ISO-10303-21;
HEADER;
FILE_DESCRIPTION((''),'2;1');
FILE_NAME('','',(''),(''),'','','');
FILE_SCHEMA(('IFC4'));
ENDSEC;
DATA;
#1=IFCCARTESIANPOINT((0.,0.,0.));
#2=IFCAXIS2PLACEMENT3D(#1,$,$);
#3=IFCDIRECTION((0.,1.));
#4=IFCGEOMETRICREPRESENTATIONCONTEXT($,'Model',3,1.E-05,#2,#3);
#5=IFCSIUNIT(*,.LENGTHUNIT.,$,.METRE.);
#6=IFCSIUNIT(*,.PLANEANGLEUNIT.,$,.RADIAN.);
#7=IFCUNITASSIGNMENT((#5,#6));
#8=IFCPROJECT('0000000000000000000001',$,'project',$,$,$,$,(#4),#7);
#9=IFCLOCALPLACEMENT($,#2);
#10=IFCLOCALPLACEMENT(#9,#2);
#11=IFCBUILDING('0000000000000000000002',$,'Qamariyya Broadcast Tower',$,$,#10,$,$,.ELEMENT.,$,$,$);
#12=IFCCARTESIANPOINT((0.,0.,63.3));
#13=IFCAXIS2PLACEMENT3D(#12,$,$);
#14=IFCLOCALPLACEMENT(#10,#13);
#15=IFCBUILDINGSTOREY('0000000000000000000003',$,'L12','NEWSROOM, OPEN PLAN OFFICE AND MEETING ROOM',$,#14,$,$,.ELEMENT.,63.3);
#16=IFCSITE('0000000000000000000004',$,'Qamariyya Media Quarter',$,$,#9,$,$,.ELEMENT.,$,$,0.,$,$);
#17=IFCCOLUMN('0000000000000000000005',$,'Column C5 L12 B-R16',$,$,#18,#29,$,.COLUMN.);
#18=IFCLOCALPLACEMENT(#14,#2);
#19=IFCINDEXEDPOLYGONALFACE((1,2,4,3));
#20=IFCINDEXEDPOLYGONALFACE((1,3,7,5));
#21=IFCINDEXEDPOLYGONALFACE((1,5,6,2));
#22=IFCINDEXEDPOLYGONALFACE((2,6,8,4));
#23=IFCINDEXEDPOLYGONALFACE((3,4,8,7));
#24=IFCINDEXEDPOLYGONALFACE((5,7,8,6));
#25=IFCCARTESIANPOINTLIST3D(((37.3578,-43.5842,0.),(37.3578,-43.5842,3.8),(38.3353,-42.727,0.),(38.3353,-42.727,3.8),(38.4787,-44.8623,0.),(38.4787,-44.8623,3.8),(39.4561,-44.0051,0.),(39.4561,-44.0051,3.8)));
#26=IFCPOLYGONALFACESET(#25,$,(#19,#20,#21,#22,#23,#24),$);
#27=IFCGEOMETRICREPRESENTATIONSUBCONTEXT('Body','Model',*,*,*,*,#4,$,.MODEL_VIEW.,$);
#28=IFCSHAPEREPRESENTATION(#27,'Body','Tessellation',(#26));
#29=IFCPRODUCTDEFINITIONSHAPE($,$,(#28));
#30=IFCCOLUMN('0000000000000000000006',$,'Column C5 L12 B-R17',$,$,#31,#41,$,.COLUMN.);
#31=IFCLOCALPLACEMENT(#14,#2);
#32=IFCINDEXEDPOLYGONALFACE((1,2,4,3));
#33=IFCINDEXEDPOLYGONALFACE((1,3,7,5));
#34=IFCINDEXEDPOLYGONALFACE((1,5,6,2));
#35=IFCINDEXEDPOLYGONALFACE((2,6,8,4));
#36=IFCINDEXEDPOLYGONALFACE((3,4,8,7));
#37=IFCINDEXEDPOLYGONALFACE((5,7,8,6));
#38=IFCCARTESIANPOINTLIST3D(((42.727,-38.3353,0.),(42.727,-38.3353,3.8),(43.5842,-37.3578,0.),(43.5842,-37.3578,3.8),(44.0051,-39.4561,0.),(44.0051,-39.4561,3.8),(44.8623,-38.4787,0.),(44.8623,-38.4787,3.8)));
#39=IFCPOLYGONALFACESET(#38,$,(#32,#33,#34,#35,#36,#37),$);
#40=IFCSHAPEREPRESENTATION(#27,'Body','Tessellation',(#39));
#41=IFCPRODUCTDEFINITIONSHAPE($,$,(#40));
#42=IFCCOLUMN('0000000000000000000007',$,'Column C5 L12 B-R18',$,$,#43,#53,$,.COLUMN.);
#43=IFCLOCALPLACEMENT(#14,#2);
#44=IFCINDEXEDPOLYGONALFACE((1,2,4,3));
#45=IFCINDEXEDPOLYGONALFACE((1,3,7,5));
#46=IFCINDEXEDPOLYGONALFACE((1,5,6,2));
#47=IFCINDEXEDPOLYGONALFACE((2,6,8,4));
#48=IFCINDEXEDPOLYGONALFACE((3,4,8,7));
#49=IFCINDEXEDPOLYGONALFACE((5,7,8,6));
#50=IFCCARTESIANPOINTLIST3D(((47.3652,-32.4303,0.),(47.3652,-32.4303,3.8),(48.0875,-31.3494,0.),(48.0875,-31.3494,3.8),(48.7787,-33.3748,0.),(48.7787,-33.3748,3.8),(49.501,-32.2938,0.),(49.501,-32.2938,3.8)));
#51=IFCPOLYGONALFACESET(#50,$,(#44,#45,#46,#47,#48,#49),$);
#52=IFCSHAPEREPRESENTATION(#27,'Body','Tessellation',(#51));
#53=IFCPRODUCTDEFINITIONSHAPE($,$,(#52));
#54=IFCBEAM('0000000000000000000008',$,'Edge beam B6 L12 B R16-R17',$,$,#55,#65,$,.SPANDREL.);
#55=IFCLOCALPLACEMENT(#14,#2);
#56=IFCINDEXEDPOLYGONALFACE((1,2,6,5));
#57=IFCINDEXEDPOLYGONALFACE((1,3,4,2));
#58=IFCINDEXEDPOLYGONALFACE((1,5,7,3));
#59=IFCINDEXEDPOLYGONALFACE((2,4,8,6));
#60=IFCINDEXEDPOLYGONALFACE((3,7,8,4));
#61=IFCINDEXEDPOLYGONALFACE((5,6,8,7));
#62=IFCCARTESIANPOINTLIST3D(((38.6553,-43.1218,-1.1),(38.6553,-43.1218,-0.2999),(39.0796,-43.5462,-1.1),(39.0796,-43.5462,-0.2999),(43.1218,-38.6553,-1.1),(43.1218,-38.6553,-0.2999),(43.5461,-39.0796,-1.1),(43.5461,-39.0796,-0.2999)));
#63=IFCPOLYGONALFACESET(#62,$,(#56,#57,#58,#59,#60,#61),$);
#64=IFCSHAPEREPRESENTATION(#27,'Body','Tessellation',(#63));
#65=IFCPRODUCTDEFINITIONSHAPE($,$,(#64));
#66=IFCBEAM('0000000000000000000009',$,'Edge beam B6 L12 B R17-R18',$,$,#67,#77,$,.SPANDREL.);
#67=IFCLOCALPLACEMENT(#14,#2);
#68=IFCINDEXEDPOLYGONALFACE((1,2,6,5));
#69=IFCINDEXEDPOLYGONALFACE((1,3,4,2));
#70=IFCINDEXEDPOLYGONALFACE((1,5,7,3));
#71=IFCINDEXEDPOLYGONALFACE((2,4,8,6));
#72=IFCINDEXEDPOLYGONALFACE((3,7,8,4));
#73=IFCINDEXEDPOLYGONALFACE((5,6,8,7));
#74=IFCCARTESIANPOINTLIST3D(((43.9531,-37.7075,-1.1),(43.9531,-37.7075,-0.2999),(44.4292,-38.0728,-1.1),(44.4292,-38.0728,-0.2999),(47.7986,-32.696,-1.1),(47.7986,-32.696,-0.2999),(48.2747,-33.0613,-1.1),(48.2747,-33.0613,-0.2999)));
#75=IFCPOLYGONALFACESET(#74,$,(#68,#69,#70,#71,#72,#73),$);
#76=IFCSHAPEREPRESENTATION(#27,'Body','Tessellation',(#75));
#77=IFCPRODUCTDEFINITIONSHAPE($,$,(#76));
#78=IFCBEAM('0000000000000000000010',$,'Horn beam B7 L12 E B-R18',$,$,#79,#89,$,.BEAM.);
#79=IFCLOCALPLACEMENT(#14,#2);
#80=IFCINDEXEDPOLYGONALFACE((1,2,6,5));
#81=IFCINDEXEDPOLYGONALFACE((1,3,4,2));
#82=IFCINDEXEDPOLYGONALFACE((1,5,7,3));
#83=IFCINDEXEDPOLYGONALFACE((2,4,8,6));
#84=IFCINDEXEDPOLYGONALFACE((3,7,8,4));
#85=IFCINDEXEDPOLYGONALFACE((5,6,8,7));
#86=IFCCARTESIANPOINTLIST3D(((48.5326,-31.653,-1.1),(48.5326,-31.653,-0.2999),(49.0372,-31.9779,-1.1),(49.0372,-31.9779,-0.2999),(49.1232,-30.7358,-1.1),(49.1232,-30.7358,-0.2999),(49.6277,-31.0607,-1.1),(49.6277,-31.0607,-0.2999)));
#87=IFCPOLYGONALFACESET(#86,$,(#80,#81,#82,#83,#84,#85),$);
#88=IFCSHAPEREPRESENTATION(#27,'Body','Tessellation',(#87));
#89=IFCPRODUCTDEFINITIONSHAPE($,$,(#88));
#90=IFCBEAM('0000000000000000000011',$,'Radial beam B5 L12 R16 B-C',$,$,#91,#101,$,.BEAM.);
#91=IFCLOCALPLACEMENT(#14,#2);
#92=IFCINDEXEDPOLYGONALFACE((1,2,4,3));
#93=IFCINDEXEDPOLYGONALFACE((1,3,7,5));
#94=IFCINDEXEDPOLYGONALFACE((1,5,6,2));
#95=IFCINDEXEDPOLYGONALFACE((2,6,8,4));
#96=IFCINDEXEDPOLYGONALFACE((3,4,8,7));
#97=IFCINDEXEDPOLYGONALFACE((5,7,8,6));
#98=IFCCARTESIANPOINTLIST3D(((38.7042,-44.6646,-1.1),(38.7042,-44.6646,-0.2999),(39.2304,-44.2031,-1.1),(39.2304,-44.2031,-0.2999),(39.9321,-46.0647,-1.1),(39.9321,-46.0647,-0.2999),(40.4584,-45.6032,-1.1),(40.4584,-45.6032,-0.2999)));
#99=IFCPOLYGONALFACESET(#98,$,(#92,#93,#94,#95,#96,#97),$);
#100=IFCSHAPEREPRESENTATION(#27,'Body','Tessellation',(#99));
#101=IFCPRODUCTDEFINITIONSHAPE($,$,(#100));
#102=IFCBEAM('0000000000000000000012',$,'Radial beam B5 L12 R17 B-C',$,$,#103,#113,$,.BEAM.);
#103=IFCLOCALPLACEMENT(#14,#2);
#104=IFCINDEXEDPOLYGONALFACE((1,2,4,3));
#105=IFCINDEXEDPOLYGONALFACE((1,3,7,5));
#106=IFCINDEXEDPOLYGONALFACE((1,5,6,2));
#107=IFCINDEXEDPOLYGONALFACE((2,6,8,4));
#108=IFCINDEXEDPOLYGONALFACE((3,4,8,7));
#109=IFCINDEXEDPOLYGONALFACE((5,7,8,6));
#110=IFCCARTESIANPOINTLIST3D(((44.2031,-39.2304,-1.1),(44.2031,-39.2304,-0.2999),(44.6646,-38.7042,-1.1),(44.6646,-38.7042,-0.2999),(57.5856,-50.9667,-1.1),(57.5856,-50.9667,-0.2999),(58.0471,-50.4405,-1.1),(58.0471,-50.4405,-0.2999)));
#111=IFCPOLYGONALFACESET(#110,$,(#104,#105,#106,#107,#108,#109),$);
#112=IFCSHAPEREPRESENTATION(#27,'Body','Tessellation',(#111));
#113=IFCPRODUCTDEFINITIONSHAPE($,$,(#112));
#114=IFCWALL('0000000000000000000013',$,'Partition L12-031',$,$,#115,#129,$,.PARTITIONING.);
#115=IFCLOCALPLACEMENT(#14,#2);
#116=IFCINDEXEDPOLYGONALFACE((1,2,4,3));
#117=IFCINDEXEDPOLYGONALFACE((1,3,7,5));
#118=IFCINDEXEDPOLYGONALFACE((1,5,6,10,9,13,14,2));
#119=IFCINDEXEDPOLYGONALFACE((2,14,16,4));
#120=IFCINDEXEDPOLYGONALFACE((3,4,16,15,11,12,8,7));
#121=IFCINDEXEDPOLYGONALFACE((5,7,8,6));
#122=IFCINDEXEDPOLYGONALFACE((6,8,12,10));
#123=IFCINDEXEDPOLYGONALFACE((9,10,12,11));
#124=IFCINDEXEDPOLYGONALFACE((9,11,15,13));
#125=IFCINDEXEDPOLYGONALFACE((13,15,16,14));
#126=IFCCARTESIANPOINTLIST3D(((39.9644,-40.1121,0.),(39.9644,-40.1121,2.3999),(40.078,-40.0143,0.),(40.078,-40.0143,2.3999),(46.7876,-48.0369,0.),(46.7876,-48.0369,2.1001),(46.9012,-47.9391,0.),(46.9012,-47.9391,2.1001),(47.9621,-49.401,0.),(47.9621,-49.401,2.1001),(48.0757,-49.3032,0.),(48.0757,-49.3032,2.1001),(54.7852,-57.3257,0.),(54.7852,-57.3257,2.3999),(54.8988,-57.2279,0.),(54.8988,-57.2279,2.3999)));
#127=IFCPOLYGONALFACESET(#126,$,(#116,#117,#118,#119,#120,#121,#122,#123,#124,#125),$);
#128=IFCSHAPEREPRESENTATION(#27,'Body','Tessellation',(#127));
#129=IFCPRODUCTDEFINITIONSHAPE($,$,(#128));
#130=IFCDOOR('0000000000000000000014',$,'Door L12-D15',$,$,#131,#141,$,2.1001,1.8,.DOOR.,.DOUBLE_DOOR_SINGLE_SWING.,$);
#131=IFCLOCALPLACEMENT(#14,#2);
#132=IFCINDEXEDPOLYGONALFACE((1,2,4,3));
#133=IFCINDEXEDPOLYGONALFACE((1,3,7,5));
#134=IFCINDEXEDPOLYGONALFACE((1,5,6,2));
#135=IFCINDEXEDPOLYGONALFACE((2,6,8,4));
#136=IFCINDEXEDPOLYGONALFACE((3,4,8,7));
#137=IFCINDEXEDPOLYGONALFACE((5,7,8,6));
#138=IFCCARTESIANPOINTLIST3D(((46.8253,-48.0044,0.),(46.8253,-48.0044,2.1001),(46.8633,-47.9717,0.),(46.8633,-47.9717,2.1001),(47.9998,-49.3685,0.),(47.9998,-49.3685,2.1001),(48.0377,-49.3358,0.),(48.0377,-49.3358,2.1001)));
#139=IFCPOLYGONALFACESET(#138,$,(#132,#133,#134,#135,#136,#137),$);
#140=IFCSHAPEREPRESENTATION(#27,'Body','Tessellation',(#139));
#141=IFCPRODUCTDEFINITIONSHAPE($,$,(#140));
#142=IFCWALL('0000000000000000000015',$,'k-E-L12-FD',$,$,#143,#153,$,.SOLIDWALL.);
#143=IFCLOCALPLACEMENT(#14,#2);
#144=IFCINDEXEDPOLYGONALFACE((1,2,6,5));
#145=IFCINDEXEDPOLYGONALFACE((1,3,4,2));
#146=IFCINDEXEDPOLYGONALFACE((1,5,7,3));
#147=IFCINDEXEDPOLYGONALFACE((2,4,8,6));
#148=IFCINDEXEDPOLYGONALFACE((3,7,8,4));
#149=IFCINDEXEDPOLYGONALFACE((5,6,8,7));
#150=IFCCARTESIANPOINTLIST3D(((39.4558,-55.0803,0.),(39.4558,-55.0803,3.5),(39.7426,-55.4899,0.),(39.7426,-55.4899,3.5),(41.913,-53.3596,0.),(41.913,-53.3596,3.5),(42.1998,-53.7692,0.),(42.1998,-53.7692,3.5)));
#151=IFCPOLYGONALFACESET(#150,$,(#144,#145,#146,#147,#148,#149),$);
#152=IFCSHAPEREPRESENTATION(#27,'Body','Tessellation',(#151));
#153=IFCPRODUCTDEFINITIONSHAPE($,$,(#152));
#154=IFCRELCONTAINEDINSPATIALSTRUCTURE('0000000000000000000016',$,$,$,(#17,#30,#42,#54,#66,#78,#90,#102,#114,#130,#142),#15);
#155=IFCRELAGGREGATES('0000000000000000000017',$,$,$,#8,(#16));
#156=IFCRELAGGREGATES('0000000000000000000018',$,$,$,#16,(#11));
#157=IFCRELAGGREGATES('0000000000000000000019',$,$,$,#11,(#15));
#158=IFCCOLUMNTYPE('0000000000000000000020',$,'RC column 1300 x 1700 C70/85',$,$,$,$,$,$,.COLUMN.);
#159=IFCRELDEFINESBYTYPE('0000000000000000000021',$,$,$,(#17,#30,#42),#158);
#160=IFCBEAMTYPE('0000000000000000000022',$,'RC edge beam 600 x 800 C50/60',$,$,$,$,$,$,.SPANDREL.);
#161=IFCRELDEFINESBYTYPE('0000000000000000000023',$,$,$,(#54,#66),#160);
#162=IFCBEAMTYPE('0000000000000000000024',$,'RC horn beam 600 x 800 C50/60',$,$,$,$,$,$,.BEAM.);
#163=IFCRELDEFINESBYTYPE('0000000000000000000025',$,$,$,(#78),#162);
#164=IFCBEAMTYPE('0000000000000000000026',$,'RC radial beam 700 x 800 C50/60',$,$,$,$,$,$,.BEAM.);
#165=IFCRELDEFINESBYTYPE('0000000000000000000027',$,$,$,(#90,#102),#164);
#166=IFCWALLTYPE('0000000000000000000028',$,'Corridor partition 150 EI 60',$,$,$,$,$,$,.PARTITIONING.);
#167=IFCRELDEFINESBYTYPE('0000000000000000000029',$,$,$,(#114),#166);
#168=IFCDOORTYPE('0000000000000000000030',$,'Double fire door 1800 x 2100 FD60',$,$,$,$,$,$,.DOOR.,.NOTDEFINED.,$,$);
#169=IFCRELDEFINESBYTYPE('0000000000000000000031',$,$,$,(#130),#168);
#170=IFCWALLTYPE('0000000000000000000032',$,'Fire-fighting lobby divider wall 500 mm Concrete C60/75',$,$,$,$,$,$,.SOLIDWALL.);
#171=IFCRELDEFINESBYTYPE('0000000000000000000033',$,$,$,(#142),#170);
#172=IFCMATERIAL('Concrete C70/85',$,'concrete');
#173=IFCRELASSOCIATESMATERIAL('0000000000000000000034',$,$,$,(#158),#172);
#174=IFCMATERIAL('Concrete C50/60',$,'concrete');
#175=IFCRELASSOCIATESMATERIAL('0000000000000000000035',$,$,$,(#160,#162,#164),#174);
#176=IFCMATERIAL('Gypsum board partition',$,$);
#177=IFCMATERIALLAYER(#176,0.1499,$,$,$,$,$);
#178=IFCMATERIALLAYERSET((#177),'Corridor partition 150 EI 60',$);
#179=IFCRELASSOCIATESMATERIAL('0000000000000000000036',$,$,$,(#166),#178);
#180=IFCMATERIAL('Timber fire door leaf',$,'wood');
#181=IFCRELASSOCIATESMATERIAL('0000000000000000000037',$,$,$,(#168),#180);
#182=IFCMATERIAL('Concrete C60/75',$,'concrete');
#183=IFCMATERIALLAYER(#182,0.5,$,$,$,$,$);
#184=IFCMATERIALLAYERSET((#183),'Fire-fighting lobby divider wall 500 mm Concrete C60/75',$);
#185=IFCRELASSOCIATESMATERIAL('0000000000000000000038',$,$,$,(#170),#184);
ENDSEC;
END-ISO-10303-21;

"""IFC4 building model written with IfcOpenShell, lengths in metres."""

from ifc_helpers import new_model, si_unit, direction, frame, frame_2d, origin, origin_2d, place, context, subcontext, project, spatial, rectangle, extrude, material, layer, layer_set, material_profile, profile_set, type_object, element, fill, save


model = new_model("IFC4")

# Units and contexts
model_context = context("Model", 3, precision=1e-05, world=origin(), true_north=direction((0.0, 1.0)))
body_context = subcontext(model_context, "Body", "Model", "MODEL_VIEW")
ifc_project = project(units=[si_unit("LENGTHUNIT", "METRE"), si_unit("PLANEANGLEUNIT", "RADIAN")], contexts=[model_context])

# Site, building, storey
site_placement = place(None, origin())
site = spatial("IfcSite", under=ifc_project, at=site_placement, Name="Qamariyya Media Quarter", CompositionType="ELEMENT", RefElevation=0.0)
building_placement = place(site_placement, origin())
building = spatial("IfcBuilding", under=site, at=building_placement, Name="Qamariyya Broadcast Tower", CompositionType="ELEMENT")
storey_placement = place(building_placement, frame((0.0, 0.0, 63.3)))
storey = spatial("IfcBuildingStorey", under=building, at=storey_placement, Name="L12", Description="NEWSROOM, OPEN PLAN OFFICE AND MEETING ROOM", CompositionType="ELEMENT", Elevation=63.3)

# Columns
ifc_material_1 = material(Name="Concrete C70/85", Category="concrete")
ifc_material_profile_1 = material_profile(ifc_material_1, rectangle(XDim=1.3, YDim=1.7, at=origin_2d()))
ifc_profile_set_1 = profile_set([ifc_material_profile_1], Name="Concrete C70/85")
column_type = type_object("IfcColumnType", Name="RC column 1300 x 1700 C70/85", PredefinedType="COLUMN", material=ifc_profile_set_1)
for number, where, z_axis, x_axis, name in (
    (1, (38.407, -43.7947, 0.0), (0.0, 0.0, 1.0), (0.75184, 0.659346, 0.0), "Column C5 L12 B-R16"),
    (2, (43.7947, -38.407, 0.0), (0.0, 0.0, 1.0), (0.659346, 0.75184, 0.0), "Column C5 L12 B-R17"),
    (3, (48.4331, -32.3621, 0.0), (0.0, 0.0, 1.0), (0.55557, 0.83147, 0.0), "Column C5 L12 B-R18"),
):
    element("IfcColumn", number, at=place(storey_placement, frame(where, z_axis=z_axis, x_axis=x_axis)), inside=storey, type_object=column_type, Name=name, PredefinedType="COLUMN", context=body_context, shape_type="SweptSolid", body=[
        extrude(rectangle(XDim=1.3, YDim=1.7, at=origin_2d()), origin(), (0.0, 0.0, 1.0), 3.8),
    ])

# Beams
ifc_material_2 = material(Name="Concrete C50/60", Category="concrete")
ifc_material_profile_2 = material_profile(ifc_material_2, rectangle(XDim=0.6001, YDim=0.8, at=origin_2d()))
ifc_profile_set_2 = profile_set([ifc_material_profile_2], Name="Concrete C50/60")
beam_type_1 = type_object("IfcBeamType", Name="RC edge beam 600 x 800 C50/60", PredefinedType="SPANDREL", material=ifc_profile_set_2)
beam_1_placement = place(storey_placement, frame((38.8674, -43.334, -0.7), z_axis=(0.707107, 0.707107, 0.0), x_axis=(-0.707107, 0.707107, 0.0)))
element("IfcBeam", 4, at=beam_1_placement, inside=storey, type_object=beam_type_1, Name="Edge beam B6 L12 B R16-R17", PredefinedType="SPANDREL", context=body_context, shape_type="SweptSolid", body=[
    extrude(rectangle(XDim=0.6001, YDim=0.8, at=origin_2d()), origin(), (0.0, 0.0, 1.0), 6.3167),
])
beam_2_placement = place(storey_placement, frame((44.1912, -37.8901, -0.7), z_axis=(0.608763, 0.793352, 0.0), x_axis=(-0.793352, 0.608763, 0.0)))
element("IfcBeam", 5, at=beam_2_placement, inside=storey, type_object=beam_type_1, Name="Edge beam B6 L12 B R17-R18", PredefinedType="SPANDREL", context=body_context, shape_type="SweptSolid", body=[
    extrude(rectangle(XDim=0.6001, YDim=0.8, at=origin_2d()), origin(), (0.0, 0.0, 1.0), 6.3169),
])
ifc_material_profile_3 = material_profile(ifc_material_2, rectangle(XDim=0.6001, YDim=0.8, at=origin_2d()))
ifc_profile_set_3 = profile_set([ifc_material_profile_3], Name="Concrete C50/60")
beam_type_2 = type_object("IfcBeamType", Name="RC horn beam 600 x 800 C50/60", PredefinedType="BEAM", material=ifc_profile_set_3)
beam_3_placement = place(storey_placement, frame((48.7849, -31.8154, -0.7), z_axis=(0.541357, 0.840793, 0.0), x_axis=(-0.840793, 0.541357, 0.0)))
element("IfcBeam", 6, at=beam_3_placement, inside=storey, type_object=beam_type_2, Name="Horn beam B7 L12 E B-R18", PredefinedType="BEAM", context=body_context, shape_type="SweptSolid", body=[
    extrude(rectangle(XDim=0.6001, YDim=0.8, at=origin_2d()), origin(), (0.0, 0.0, 1.0), 1.0908),
])
ifc_material_profile_4 = material_profile(ifc_material_2, rectangle(XDim=0.7, YDim=0.8, at=origin_2d()))
ifc_profile_set_4 = profile_set([ifc_material_profile_4], Name="Concrete C50/60")
beam_type_3 = type_object("IfcBeamType", Name="RC radial beam 700 x 800 C50/60", PredefinedType="BEAM", material=ifc_profile_set_4)
beam_4_placement = place(storey_placement, frame((38.9673, -44.4338, -0.7), z_axis=(0.659386, -0.751805, 0.0), x_axis=(0.751805, 0.659386, 0.0)))
element("IfcBeam", 7, at=beam_4_placement, inside=storey, type_object=beam_type_3, Name="Radial beam B5 L12 R16 B-C", PredefinedType="BEAM", context=body_context, shape_type="SweptSolid", body=[
    extrude(rectangle(XDim=0.7, YDim=0.8, at=origin_2d()), origin(), (0.0, 0.0, 1.0), 1.8623),
])
beam_5_placement = place(storey_placement, frame((44.4338, -38.9673, -0.7), z_axis=(0.751836, -0.65935, 0.0), x_axis=(0.65935, 0.751836, 0.0)))
element("IfcBeam", 8, at=beam_5_placement, inside=storey, type_object=beam_type_3, Name="Radial beam B5 L12 R17 B-C", PredefinedType="BEAM", context=body_context, shape_type="SweptSolid", body=[
    extrude(rectangle(XDim=0.7, YDim=0.8, at=origin_2d()), origin(), (0.0, 0.0, 1.0), 17.7998),
])

# Wall, opening, door
ifc_material_3 = material(Name="Gypsum board partition")
ifc_layer_1 = layer(ifc_material_3, 0.1499)
ifc_layer_set_1 = layer_set([ifc_layer_1], Name="Corridor partition 150 EI 60")
wall_type_1 = type_object("IfcWallType", Name="Corridor partition 150 EI 60", PredefinedType="PARTITIONING", material=ifc_layer_set_1)
wall_1_placement = place(storey_placement, frame((40.0212, -40.0632, 0.0), z_axis=(0.0, 0.0, 1.0), x_axis=(0.652472, -0.757813, 0.0)))
wall_1 = element("IfcWall", 9, at=wall_1_placement, inside=storey, type_object=wall_type_1, Name="Partition L12-031", PredefinedType="PARTITIONING", context=body_context, shape_type="SweptSolid", body=[
    extrude(rectangle(XDim=22.7148, YDim=0.1499, at=frame_2d((11.3574, 0.0))), origin(), (0.0, 0.0, 1.0), 2.3999),
])
opening_1_placement = place(wall_1_placement, frame((10.4575, 0.0, 0.0)))
opening_1 = element("IfcOpeningElement", 10, at=opening_1_placement, cuts=wall_1, PredefinedType="OPENING", context=body_context, shape_type="SweptSolid", body=[
    extrude(rectangle(XDim=1.8, YDim=2.1001, at=frame_2d((0.8999, 1.05))), frame((0.0, 0.085, 0.0), z_axis=(0.0, -1.0, 0.0), x_axis=(1.0, 0.0, 0.0)), (0.0, 0.0, 1.0), 0.1699),
])
ifc_material_4 = material(Name="Timber fire door leaf", Category="wood")
door_type_1 = type_object("IfcDoorType", Name="Double fire door 1800 x 2100 FD60", OperationType="NOTDEFINED", PredefinedType="DOOR", material=ifc_material_4)
door_1_placement = place(opening_1_placement, origin())
door_1 = element("IfcDoor", 11, at=door_1_placement, inside=storey, type_object=door_type_1, Name="Door L12-D15", OperationType="DOUBLE_DOOR_SINGLE_SWING", OverallHeight=2.1001, OverallWidth=1.8, PredefinedType="DOOR", context=body_context, shape_type="SweptSolid", body=[
    extrude(rectangle(XDim=1.8, YDim=2.1001, at=frame_2d((0.8999, 1.05))), frame((0.0, 0.0249, 0.0), z_axis=(0.0, -1.0, 0.0), x_axis=(1.0, 0.0, 0.0)), (0.0, 0.0, 1.0), 0.05),
])
fill(opening_1, door_1)

# Wall
ifc_material_5 = material(Name="Concrete C60/75", Category="concrete")
ifc_layer_2 = layer(ifc_material_5, 0.5)
ifc_layer_set_2 = layer_set([ifc_layer_2], Name="Fire-fighting lobby divider wall 500 mm Concrete C60/75")
wall_type_2 = type_object("IfcWallType", Name="Fire-fighting lobby divider wall 500 mm Concrete C60/75", PredefinedType="SOLIDWALL", material=ifc_layer_set_2)
wall_2_placement = place(storey_placement, frame((39.5991, -55.2852, 0.0), z_axis=(0.0, 0.0, 1.0), x_axis=(0.819136, 0.573599, 0.0)))
element("IfcWall", 12, at=wall_2_placement, inside=storey, type_object=wall_type_2, Name="k-E-L12-FD", PredefinedType="SOLIDWALL", context=body_context, shape_type="SweptSolid", body=[
    extrude(rectangle(XDim=2.9998, YDim=0.5, at=frame_2d((1.5, 0.0))), origin(), (0.0, 0.0, 1.0), 3.5),
])

save(model, "model.ifc")
